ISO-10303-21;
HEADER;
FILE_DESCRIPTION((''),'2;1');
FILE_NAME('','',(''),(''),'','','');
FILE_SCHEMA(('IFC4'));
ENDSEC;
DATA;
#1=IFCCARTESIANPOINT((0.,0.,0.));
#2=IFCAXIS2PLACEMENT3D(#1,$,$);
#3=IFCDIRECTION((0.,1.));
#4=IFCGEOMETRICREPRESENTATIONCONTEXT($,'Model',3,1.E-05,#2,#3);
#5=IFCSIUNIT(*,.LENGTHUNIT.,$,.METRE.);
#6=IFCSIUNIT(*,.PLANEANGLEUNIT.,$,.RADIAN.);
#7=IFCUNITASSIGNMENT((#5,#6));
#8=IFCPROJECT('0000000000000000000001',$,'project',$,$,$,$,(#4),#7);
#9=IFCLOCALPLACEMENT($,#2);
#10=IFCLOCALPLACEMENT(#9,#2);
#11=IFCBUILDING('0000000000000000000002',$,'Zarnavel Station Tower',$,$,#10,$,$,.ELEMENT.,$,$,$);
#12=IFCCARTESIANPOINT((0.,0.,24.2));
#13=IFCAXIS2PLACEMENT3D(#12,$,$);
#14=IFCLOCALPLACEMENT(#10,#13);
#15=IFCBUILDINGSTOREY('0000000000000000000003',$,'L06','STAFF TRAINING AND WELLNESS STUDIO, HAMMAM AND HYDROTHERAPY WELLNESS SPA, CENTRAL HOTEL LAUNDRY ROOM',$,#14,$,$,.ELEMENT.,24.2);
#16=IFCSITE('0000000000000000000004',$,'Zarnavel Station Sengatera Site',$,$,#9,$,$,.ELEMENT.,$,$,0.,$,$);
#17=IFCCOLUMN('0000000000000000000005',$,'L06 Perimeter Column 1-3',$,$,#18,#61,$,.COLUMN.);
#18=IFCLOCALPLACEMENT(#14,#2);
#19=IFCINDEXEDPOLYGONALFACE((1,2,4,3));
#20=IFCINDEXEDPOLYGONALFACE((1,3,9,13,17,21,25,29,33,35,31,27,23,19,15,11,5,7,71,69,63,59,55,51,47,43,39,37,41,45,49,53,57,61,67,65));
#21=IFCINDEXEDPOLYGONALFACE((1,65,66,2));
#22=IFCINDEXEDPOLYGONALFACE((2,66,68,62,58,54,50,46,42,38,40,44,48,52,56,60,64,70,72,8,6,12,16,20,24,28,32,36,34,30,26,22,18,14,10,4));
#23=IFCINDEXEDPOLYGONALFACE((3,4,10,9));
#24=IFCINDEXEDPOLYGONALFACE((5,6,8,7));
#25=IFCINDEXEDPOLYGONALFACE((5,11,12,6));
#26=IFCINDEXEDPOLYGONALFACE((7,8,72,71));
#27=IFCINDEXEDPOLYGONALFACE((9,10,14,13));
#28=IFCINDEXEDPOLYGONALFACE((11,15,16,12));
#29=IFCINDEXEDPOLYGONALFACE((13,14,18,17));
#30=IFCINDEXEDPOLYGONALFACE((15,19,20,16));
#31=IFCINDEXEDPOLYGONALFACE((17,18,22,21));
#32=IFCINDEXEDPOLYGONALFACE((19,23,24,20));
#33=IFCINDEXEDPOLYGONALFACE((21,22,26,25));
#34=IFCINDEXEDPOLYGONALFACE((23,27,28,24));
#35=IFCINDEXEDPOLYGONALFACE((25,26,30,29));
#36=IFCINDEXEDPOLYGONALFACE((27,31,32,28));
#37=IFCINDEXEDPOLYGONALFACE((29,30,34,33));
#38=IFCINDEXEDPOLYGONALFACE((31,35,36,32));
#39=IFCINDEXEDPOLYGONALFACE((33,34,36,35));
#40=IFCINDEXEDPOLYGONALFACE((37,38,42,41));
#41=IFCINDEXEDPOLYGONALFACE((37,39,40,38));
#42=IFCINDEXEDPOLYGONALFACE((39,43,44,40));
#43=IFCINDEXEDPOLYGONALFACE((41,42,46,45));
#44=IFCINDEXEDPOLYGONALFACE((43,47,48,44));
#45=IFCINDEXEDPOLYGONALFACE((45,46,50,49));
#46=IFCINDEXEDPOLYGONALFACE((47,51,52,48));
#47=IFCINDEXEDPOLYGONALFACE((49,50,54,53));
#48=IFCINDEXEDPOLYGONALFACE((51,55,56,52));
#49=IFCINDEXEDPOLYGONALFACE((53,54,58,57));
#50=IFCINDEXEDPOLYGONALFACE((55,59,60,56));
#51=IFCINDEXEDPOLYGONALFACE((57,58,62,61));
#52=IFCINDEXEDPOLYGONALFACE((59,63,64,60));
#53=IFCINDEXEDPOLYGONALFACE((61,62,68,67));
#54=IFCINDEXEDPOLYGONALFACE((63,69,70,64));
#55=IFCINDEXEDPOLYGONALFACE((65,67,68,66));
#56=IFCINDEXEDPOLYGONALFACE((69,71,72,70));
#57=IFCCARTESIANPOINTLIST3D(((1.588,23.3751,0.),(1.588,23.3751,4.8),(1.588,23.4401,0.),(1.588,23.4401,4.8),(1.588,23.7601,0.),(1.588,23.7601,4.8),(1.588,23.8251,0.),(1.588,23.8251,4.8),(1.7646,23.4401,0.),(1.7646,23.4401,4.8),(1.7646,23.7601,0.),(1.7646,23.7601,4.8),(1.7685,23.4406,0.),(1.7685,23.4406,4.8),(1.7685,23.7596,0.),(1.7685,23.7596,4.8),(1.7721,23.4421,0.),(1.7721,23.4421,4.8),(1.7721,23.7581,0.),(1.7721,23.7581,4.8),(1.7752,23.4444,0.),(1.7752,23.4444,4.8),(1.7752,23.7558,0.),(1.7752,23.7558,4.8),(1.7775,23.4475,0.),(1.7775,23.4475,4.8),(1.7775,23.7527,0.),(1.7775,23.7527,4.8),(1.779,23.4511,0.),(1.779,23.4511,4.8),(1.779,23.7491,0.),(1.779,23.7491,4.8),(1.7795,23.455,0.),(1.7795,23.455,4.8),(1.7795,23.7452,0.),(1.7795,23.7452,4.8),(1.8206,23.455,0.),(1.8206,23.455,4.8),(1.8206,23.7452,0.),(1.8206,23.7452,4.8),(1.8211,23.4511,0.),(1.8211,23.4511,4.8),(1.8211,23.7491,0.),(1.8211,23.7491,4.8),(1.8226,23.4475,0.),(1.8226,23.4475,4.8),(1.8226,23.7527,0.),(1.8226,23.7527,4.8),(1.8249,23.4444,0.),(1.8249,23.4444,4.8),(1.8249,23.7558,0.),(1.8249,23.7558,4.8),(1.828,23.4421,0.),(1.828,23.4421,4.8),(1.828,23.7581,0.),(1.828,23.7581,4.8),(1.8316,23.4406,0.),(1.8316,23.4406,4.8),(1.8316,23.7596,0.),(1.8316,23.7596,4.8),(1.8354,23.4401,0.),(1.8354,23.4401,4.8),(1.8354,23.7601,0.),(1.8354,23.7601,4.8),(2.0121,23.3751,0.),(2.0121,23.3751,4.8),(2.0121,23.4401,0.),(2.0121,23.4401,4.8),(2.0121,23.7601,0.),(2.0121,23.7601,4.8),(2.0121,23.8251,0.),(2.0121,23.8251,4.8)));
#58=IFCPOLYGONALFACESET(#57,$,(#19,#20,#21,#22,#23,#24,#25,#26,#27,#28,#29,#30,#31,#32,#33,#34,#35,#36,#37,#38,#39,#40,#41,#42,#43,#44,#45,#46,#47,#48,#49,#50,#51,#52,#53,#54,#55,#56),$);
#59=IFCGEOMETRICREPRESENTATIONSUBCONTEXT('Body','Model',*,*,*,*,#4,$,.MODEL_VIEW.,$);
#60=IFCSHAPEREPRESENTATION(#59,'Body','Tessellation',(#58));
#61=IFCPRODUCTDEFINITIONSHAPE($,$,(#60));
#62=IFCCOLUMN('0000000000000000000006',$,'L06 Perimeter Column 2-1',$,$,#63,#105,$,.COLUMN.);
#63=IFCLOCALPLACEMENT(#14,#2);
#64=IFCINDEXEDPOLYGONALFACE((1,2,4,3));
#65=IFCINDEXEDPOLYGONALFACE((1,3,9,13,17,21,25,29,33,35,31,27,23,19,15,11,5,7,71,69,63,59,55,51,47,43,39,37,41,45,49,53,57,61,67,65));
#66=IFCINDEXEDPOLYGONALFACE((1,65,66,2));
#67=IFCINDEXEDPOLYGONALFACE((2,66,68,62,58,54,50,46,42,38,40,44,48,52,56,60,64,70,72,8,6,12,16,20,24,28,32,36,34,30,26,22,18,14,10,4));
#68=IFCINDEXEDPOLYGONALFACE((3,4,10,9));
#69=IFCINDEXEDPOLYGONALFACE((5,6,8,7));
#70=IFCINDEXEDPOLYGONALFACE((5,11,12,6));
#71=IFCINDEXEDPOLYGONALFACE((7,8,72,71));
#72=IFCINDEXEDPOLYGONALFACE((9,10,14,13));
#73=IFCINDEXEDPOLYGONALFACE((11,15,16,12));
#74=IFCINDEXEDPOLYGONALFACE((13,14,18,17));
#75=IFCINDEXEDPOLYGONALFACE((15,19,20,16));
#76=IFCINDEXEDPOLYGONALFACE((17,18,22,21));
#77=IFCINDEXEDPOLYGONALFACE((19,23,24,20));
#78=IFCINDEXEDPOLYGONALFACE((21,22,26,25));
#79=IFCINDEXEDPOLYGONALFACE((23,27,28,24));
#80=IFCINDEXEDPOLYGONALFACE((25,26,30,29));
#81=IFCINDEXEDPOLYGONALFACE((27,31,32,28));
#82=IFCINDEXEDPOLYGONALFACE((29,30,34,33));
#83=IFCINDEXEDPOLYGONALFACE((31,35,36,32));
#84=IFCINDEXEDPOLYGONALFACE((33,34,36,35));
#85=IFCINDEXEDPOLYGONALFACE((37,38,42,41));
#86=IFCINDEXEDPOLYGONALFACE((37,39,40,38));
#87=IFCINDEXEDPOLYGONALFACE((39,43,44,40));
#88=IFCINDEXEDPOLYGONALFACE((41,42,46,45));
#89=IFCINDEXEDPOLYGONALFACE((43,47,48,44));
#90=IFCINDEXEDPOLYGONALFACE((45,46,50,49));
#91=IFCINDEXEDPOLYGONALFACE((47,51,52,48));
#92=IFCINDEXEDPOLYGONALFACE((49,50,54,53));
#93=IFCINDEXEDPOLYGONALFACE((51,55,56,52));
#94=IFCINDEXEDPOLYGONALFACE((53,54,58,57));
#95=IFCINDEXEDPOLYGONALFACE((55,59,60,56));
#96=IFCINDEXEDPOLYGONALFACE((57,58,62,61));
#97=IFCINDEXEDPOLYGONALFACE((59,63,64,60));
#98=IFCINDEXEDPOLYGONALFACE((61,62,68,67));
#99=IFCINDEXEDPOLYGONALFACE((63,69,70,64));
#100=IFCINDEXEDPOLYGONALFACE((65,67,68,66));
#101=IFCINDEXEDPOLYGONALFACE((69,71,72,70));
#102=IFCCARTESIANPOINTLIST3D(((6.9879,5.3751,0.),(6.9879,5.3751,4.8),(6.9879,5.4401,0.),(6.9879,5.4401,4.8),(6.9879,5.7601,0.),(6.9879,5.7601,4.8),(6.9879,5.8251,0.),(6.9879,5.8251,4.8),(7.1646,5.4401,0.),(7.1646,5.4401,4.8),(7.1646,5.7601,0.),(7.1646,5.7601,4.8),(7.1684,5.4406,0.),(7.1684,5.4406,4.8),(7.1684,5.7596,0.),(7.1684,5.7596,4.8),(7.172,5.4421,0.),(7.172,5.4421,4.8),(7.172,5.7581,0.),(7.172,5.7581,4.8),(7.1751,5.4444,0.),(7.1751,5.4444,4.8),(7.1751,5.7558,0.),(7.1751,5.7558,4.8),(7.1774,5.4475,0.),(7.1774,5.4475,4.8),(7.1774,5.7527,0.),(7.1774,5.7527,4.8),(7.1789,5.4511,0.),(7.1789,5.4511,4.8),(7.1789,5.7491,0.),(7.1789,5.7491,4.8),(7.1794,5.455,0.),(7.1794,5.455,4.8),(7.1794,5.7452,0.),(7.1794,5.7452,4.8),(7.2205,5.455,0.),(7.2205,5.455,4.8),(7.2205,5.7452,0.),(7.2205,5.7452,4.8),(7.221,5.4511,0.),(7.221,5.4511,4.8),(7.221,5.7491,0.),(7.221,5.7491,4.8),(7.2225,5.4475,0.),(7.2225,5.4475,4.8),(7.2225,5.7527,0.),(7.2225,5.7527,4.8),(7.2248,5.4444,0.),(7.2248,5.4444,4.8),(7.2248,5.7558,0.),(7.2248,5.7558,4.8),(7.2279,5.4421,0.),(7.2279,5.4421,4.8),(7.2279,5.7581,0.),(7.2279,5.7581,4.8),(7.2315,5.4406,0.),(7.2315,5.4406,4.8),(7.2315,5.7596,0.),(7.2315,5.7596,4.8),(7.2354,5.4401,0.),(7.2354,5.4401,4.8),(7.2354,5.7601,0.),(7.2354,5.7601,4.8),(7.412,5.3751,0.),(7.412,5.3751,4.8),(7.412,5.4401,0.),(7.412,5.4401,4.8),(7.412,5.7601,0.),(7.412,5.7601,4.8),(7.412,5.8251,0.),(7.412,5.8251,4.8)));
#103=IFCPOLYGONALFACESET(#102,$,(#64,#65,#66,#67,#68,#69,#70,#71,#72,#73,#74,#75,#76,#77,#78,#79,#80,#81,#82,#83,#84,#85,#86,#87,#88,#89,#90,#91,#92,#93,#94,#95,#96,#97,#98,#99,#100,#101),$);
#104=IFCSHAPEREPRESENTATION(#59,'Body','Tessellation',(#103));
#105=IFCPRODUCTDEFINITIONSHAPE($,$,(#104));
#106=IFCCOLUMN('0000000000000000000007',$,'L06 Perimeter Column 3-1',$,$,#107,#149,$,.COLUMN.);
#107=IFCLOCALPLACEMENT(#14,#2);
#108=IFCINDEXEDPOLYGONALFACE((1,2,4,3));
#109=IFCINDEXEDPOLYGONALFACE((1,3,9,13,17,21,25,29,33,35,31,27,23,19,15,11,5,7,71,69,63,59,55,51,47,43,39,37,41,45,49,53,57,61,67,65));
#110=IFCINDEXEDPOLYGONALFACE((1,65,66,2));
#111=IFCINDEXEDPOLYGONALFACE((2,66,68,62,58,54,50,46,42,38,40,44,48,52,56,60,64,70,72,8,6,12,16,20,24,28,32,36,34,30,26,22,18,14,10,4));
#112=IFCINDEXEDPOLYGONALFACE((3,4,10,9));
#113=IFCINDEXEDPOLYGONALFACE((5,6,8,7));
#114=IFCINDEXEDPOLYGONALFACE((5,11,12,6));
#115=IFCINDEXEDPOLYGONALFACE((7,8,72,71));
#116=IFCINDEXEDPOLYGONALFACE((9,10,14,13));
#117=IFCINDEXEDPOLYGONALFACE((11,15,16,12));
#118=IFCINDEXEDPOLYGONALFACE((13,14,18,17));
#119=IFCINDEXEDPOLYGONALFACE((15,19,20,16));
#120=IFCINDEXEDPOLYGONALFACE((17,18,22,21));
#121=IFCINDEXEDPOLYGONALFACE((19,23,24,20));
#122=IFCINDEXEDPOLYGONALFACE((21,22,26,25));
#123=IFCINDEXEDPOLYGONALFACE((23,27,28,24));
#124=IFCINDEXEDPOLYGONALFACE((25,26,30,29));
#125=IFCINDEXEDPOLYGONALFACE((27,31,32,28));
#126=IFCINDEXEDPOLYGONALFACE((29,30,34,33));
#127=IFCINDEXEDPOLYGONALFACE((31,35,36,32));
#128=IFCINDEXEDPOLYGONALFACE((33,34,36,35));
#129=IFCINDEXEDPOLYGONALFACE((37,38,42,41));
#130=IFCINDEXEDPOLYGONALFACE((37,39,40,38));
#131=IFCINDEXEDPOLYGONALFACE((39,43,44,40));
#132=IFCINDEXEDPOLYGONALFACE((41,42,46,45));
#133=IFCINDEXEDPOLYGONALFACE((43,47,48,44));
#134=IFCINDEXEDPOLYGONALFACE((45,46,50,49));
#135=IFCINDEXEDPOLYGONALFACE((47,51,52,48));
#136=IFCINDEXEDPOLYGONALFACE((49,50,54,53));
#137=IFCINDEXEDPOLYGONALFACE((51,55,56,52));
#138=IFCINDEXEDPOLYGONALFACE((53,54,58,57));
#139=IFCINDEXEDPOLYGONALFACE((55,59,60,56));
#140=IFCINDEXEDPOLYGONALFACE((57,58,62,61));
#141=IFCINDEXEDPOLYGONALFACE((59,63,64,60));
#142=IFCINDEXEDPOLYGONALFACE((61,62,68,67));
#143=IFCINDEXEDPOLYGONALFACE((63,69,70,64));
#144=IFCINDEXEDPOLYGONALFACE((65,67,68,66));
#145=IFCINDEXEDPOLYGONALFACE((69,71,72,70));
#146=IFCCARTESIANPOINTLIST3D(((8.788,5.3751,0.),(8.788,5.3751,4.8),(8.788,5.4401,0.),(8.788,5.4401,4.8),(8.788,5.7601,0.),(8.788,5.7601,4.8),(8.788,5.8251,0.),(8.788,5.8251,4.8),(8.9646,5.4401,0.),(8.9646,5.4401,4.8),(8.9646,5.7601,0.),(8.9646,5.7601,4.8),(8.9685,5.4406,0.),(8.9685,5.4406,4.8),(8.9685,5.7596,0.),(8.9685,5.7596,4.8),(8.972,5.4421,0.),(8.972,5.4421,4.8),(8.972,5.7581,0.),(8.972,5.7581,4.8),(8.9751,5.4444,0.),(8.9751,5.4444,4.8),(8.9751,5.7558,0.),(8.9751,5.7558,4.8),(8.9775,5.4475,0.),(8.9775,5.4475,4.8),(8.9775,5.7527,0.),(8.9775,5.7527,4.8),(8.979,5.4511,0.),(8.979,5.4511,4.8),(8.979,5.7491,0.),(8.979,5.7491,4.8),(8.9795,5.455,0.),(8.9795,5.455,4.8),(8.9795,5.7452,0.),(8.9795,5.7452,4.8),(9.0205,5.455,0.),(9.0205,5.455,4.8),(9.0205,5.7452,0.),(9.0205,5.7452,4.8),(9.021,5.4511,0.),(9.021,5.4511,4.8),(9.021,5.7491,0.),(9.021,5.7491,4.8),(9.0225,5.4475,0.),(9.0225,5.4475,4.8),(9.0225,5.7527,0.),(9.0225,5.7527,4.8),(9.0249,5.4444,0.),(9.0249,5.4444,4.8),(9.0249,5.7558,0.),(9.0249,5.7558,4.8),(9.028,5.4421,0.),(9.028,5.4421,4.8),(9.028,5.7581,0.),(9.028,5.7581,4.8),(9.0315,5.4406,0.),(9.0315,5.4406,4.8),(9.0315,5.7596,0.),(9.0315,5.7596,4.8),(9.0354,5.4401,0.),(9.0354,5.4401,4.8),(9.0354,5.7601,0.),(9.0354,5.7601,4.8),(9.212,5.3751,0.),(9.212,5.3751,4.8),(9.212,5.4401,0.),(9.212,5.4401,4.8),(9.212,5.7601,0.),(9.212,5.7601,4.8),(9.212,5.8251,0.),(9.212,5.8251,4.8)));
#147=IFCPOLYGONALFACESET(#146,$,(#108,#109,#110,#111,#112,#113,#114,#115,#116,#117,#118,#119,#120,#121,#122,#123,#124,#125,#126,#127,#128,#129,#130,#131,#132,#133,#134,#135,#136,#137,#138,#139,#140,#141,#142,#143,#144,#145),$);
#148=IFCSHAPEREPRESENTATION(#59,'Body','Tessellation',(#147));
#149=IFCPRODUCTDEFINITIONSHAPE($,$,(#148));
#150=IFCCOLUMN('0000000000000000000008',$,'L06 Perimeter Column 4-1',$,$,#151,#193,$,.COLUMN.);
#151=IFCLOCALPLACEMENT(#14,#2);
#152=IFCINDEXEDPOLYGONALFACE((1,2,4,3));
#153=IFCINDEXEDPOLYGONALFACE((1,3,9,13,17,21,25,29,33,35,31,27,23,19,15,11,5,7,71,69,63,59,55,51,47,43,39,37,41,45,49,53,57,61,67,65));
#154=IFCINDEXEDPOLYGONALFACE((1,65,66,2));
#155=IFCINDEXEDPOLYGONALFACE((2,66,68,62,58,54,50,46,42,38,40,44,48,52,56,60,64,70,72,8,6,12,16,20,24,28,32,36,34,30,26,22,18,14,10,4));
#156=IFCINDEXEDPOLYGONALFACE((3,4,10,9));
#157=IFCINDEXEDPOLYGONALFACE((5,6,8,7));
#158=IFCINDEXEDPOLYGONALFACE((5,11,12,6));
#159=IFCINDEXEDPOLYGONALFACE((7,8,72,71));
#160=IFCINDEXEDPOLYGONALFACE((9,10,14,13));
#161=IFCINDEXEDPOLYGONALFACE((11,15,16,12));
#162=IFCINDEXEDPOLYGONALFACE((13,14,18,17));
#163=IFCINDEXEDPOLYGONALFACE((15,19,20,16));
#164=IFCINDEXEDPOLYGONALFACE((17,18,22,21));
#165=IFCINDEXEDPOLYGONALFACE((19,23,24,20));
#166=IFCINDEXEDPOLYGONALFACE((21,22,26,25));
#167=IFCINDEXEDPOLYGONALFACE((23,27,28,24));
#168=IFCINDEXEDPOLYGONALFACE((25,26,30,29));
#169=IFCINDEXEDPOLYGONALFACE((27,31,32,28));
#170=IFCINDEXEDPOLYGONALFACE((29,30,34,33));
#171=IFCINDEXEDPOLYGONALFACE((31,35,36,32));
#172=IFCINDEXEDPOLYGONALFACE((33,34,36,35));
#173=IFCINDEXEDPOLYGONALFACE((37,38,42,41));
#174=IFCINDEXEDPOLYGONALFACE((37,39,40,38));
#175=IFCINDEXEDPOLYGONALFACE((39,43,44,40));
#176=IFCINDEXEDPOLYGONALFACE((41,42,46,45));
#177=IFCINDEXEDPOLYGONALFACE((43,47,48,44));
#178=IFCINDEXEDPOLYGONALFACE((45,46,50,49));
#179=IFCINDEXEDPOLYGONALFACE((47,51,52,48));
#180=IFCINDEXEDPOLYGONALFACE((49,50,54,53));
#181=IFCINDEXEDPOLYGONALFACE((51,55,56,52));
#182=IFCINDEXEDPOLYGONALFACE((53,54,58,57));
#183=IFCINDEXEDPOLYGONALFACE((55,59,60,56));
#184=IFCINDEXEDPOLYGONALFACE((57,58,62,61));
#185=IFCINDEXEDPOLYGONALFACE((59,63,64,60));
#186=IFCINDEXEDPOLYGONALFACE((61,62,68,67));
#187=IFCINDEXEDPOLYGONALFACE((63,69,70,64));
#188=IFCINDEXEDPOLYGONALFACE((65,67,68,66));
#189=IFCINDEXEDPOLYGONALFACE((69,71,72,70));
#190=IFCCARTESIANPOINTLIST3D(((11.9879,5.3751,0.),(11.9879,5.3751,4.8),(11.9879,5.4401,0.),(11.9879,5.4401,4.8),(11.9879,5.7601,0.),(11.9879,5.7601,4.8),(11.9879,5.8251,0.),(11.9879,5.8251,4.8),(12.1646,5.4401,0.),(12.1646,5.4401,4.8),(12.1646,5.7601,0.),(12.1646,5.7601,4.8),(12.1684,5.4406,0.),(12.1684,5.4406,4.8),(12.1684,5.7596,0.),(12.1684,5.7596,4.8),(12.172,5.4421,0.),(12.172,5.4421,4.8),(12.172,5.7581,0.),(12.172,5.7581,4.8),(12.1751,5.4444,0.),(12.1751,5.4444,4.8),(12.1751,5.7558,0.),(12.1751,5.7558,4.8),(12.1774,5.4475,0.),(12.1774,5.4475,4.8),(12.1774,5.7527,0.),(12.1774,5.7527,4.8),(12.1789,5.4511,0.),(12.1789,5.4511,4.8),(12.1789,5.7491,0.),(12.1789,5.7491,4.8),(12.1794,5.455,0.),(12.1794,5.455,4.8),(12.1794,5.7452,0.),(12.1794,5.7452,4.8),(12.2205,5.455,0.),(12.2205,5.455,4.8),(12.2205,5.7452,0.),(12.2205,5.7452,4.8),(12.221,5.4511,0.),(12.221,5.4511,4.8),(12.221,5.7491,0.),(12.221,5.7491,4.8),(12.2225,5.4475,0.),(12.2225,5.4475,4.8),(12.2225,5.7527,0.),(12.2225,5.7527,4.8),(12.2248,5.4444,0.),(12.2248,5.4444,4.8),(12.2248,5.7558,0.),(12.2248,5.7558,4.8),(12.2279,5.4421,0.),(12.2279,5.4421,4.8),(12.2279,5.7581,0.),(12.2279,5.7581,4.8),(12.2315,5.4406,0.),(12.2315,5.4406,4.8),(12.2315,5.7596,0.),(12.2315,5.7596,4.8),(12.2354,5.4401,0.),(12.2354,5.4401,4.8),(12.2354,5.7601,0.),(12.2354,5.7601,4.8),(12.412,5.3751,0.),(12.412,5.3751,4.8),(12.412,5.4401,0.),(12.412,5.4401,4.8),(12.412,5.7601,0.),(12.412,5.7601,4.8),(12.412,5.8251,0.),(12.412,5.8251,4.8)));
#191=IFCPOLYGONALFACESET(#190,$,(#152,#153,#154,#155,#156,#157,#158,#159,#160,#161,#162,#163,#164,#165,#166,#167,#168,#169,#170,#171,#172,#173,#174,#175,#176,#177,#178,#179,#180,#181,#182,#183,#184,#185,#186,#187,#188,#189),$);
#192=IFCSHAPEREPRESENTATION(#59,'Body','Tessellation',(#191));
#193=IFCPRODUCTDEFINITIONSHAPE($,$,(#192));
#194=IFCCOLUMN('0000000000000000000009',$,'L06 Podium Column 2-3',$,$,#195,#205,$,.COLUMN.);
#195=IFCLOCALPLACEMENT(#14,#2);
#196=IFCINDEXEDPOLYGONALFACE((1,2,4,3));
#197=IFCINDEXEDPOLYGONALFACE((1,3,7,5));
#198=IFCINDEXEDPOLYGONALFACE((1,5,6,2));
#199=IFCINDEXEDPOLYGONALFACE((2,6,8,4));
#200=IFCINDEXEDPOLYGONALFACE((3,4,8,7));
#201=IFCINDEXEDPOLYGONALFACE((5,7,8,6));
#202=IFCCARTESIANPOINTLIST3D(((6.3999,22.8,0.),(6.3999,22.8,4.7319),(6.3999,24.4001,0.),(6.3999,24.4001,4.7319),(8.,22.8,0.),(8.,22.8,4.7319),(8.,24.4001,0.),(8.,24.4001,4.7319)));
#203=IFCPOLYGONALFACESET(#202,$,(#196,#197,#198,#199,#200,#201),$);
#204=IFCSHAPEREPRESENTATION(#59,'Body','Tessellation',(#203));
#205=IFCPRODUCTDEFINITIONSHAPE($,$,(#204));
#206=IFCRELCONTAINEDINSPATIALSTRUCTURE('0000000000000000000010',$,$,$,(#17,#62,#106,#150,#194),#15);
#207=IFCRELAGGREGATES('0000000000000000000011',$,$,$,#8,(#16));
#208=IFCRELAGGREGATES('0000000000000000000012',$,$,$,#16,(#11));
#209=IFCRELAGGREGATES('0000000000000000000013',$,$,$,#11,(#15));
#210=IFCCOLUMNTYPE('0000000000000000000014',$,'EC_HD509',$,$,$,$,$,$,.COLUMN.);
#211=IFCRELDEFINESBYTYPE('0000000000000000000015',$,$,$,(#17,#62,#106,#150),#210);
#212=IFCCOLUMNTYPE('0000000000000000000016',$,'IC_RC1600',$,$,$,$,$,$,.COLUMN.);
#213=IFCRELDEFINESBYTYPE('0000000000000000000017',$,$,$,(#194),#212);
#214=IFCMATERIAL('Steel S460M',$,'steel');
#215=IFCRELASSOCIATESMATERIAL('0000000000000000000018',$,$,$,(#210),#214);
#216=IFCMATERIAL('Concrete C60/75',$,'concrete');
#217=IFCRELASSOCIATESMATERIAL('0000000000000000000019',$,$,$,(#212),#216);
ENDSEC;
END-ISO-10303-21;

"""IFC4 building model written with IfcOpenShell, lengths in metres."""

from ifc_helpers import new_model, si_unit, direction, frame, origin, origin_2d, place, context, subcontext, project, spatial, rectangle, i_section, extrude, material, material_profile, profile_set, type_object, element, save


model = new_model("IFC4")

# Units and contexts
model_context = context("Model", 3, precision=1e-05, world=origin(), true_north=direction((0.0, 1.0)))
body_context = subcontext(model_context, "Body", "Model", "MODEL_VIEW")
ifc_project = project(units=[si_unit("LENGTHUNIT", "METRE"), si_unit("PLANEANGLEUNIT", "RADIAN")], contexts=[model_context])

# Site, building, storey
site_placement = place(None, origin())
site = spatial("IfcSite", under=ifc_project, at=site_placement, Name="Zarnavel Station Sengatera Site", CompositionType="ELEMENT", RefElevation=0.0)
building_placement = place(site_placement, origin())
building = spatial("IfcBuilding", under=site, at=building_placement, Name="Zarnavel Station Tower", CompositionType="ELEMENT")
storey_placement = place(building_placement, frame((0.0, 0.0, 24.2)))
storey = spatial("IfcBuildingStorey", under=building, at=storey_placement, Name="L06", Description="STAFF TRAINING AND WELLNESS STUDIO, HAMMAM AND HYDROTHERAPY WELLNESS SPA, CENTRAL HOTEL LAUNDRY ROOM", CompositionType="ELEMENT", Elevation=24.2)

# Columns
ifc_material_1 = material(Name="Steel S460M", Category="steel")
ifc_material_profile_1 = material_profile(ifc_material_1, i_section(OverallWidth=0.4241, OverallDepth=0.45, WebThickness=0.041, FlangeThickness=0.0649, FilletRadius=0.0149, at=origin_2d()), Name="HD400x509")
ifc_profile_set_1 = profile_set([ifc_material_profile_1], Name="Steel S460M")
column_type_1 = type_object("IfcColumnType", Name="EC_HD509", PredefinedType="COLUMN", material=ifc_profile_set_1)
for number, where, z_axis, x_axis, name in (
    (1, (1.8, 23.6001, 0.0), (0.0, 0.0, 1.0), (1.0, 0.0, 0.0), "L06 Perimeter Column 1-3"),
    (2, (7.2, 5.6001, 0.0), (0.0, 0.0, 1.0), (1.0, 0.0, 0.0), "L06 Perimeter Column 2-1"),
    (3, (9.0, 5.6001, 0.0), (0.0, 0.0, 1.0), (1.0, 0.0, 0.0), "L06 Perimeter Column 3-1"),
    (4, (12.2, 5.6001, 0.0), (0.0, 0.0, 1.0), (1.0, 0.0, 0.0), "L06 Perimeter Column 4-1"),
):
    element("IfcColumn", number, at=place(storey_placement, frame(where, z_axis=z_axis, x_axis=x_axis)), inside=storey, type_object=column_type_1, Name=name, PredefinedType="COLUMN", context=body_context, shape_type="SweptSolid", body=[
        extrude(i_section(OverallWidth=0.4241, OverallDepth=0.45, WebThickness=0.041, FlangeThickness=0.0649, FilletRadius=0.0149, at=origin_2d()), origin(), (0.0, 0.0, 1.0), 4.8),
    ])
ifc_material_2 = material(Name="Concrete C60/75", Category="concrete")
ifc_material_profile_2 = material_profile(ifc_material_2, rectangle(XDim=1.6001, YDim=1.6001, at=origin_2d()), Name="RC1600x1600")
ifc_profile_set_2 = profile_set([ifc_material_profile_2], Name="Concrete C60/75")
column_type_2 = type_object("IfcColumnType", Name="IC_RC1600", PredefinedType="COLUMN", material=ifc_profile_set_2)
column_placement = place(storey_placement, frame((7.2, 23.6001, 0.0), z_axis=(0.0, 0.0, 1.0), x_axis=(1.0, 0.0, 0.0)))
element("IfcColumn", 5, at=column_placement, inside=storey, type_object=column_type_2, Name="L06 Podium Column 2-3", PredefinedType="COLUMN", context=body_context, shape_type="SweptSolid", body=[
    extrude(rectangle(XDim=1.6001, YDim=1.6001, at=origin_2d()), origin(), (0.0, 0.0, 1.0), 4.7319),
])

save(model, "model.ifc")
